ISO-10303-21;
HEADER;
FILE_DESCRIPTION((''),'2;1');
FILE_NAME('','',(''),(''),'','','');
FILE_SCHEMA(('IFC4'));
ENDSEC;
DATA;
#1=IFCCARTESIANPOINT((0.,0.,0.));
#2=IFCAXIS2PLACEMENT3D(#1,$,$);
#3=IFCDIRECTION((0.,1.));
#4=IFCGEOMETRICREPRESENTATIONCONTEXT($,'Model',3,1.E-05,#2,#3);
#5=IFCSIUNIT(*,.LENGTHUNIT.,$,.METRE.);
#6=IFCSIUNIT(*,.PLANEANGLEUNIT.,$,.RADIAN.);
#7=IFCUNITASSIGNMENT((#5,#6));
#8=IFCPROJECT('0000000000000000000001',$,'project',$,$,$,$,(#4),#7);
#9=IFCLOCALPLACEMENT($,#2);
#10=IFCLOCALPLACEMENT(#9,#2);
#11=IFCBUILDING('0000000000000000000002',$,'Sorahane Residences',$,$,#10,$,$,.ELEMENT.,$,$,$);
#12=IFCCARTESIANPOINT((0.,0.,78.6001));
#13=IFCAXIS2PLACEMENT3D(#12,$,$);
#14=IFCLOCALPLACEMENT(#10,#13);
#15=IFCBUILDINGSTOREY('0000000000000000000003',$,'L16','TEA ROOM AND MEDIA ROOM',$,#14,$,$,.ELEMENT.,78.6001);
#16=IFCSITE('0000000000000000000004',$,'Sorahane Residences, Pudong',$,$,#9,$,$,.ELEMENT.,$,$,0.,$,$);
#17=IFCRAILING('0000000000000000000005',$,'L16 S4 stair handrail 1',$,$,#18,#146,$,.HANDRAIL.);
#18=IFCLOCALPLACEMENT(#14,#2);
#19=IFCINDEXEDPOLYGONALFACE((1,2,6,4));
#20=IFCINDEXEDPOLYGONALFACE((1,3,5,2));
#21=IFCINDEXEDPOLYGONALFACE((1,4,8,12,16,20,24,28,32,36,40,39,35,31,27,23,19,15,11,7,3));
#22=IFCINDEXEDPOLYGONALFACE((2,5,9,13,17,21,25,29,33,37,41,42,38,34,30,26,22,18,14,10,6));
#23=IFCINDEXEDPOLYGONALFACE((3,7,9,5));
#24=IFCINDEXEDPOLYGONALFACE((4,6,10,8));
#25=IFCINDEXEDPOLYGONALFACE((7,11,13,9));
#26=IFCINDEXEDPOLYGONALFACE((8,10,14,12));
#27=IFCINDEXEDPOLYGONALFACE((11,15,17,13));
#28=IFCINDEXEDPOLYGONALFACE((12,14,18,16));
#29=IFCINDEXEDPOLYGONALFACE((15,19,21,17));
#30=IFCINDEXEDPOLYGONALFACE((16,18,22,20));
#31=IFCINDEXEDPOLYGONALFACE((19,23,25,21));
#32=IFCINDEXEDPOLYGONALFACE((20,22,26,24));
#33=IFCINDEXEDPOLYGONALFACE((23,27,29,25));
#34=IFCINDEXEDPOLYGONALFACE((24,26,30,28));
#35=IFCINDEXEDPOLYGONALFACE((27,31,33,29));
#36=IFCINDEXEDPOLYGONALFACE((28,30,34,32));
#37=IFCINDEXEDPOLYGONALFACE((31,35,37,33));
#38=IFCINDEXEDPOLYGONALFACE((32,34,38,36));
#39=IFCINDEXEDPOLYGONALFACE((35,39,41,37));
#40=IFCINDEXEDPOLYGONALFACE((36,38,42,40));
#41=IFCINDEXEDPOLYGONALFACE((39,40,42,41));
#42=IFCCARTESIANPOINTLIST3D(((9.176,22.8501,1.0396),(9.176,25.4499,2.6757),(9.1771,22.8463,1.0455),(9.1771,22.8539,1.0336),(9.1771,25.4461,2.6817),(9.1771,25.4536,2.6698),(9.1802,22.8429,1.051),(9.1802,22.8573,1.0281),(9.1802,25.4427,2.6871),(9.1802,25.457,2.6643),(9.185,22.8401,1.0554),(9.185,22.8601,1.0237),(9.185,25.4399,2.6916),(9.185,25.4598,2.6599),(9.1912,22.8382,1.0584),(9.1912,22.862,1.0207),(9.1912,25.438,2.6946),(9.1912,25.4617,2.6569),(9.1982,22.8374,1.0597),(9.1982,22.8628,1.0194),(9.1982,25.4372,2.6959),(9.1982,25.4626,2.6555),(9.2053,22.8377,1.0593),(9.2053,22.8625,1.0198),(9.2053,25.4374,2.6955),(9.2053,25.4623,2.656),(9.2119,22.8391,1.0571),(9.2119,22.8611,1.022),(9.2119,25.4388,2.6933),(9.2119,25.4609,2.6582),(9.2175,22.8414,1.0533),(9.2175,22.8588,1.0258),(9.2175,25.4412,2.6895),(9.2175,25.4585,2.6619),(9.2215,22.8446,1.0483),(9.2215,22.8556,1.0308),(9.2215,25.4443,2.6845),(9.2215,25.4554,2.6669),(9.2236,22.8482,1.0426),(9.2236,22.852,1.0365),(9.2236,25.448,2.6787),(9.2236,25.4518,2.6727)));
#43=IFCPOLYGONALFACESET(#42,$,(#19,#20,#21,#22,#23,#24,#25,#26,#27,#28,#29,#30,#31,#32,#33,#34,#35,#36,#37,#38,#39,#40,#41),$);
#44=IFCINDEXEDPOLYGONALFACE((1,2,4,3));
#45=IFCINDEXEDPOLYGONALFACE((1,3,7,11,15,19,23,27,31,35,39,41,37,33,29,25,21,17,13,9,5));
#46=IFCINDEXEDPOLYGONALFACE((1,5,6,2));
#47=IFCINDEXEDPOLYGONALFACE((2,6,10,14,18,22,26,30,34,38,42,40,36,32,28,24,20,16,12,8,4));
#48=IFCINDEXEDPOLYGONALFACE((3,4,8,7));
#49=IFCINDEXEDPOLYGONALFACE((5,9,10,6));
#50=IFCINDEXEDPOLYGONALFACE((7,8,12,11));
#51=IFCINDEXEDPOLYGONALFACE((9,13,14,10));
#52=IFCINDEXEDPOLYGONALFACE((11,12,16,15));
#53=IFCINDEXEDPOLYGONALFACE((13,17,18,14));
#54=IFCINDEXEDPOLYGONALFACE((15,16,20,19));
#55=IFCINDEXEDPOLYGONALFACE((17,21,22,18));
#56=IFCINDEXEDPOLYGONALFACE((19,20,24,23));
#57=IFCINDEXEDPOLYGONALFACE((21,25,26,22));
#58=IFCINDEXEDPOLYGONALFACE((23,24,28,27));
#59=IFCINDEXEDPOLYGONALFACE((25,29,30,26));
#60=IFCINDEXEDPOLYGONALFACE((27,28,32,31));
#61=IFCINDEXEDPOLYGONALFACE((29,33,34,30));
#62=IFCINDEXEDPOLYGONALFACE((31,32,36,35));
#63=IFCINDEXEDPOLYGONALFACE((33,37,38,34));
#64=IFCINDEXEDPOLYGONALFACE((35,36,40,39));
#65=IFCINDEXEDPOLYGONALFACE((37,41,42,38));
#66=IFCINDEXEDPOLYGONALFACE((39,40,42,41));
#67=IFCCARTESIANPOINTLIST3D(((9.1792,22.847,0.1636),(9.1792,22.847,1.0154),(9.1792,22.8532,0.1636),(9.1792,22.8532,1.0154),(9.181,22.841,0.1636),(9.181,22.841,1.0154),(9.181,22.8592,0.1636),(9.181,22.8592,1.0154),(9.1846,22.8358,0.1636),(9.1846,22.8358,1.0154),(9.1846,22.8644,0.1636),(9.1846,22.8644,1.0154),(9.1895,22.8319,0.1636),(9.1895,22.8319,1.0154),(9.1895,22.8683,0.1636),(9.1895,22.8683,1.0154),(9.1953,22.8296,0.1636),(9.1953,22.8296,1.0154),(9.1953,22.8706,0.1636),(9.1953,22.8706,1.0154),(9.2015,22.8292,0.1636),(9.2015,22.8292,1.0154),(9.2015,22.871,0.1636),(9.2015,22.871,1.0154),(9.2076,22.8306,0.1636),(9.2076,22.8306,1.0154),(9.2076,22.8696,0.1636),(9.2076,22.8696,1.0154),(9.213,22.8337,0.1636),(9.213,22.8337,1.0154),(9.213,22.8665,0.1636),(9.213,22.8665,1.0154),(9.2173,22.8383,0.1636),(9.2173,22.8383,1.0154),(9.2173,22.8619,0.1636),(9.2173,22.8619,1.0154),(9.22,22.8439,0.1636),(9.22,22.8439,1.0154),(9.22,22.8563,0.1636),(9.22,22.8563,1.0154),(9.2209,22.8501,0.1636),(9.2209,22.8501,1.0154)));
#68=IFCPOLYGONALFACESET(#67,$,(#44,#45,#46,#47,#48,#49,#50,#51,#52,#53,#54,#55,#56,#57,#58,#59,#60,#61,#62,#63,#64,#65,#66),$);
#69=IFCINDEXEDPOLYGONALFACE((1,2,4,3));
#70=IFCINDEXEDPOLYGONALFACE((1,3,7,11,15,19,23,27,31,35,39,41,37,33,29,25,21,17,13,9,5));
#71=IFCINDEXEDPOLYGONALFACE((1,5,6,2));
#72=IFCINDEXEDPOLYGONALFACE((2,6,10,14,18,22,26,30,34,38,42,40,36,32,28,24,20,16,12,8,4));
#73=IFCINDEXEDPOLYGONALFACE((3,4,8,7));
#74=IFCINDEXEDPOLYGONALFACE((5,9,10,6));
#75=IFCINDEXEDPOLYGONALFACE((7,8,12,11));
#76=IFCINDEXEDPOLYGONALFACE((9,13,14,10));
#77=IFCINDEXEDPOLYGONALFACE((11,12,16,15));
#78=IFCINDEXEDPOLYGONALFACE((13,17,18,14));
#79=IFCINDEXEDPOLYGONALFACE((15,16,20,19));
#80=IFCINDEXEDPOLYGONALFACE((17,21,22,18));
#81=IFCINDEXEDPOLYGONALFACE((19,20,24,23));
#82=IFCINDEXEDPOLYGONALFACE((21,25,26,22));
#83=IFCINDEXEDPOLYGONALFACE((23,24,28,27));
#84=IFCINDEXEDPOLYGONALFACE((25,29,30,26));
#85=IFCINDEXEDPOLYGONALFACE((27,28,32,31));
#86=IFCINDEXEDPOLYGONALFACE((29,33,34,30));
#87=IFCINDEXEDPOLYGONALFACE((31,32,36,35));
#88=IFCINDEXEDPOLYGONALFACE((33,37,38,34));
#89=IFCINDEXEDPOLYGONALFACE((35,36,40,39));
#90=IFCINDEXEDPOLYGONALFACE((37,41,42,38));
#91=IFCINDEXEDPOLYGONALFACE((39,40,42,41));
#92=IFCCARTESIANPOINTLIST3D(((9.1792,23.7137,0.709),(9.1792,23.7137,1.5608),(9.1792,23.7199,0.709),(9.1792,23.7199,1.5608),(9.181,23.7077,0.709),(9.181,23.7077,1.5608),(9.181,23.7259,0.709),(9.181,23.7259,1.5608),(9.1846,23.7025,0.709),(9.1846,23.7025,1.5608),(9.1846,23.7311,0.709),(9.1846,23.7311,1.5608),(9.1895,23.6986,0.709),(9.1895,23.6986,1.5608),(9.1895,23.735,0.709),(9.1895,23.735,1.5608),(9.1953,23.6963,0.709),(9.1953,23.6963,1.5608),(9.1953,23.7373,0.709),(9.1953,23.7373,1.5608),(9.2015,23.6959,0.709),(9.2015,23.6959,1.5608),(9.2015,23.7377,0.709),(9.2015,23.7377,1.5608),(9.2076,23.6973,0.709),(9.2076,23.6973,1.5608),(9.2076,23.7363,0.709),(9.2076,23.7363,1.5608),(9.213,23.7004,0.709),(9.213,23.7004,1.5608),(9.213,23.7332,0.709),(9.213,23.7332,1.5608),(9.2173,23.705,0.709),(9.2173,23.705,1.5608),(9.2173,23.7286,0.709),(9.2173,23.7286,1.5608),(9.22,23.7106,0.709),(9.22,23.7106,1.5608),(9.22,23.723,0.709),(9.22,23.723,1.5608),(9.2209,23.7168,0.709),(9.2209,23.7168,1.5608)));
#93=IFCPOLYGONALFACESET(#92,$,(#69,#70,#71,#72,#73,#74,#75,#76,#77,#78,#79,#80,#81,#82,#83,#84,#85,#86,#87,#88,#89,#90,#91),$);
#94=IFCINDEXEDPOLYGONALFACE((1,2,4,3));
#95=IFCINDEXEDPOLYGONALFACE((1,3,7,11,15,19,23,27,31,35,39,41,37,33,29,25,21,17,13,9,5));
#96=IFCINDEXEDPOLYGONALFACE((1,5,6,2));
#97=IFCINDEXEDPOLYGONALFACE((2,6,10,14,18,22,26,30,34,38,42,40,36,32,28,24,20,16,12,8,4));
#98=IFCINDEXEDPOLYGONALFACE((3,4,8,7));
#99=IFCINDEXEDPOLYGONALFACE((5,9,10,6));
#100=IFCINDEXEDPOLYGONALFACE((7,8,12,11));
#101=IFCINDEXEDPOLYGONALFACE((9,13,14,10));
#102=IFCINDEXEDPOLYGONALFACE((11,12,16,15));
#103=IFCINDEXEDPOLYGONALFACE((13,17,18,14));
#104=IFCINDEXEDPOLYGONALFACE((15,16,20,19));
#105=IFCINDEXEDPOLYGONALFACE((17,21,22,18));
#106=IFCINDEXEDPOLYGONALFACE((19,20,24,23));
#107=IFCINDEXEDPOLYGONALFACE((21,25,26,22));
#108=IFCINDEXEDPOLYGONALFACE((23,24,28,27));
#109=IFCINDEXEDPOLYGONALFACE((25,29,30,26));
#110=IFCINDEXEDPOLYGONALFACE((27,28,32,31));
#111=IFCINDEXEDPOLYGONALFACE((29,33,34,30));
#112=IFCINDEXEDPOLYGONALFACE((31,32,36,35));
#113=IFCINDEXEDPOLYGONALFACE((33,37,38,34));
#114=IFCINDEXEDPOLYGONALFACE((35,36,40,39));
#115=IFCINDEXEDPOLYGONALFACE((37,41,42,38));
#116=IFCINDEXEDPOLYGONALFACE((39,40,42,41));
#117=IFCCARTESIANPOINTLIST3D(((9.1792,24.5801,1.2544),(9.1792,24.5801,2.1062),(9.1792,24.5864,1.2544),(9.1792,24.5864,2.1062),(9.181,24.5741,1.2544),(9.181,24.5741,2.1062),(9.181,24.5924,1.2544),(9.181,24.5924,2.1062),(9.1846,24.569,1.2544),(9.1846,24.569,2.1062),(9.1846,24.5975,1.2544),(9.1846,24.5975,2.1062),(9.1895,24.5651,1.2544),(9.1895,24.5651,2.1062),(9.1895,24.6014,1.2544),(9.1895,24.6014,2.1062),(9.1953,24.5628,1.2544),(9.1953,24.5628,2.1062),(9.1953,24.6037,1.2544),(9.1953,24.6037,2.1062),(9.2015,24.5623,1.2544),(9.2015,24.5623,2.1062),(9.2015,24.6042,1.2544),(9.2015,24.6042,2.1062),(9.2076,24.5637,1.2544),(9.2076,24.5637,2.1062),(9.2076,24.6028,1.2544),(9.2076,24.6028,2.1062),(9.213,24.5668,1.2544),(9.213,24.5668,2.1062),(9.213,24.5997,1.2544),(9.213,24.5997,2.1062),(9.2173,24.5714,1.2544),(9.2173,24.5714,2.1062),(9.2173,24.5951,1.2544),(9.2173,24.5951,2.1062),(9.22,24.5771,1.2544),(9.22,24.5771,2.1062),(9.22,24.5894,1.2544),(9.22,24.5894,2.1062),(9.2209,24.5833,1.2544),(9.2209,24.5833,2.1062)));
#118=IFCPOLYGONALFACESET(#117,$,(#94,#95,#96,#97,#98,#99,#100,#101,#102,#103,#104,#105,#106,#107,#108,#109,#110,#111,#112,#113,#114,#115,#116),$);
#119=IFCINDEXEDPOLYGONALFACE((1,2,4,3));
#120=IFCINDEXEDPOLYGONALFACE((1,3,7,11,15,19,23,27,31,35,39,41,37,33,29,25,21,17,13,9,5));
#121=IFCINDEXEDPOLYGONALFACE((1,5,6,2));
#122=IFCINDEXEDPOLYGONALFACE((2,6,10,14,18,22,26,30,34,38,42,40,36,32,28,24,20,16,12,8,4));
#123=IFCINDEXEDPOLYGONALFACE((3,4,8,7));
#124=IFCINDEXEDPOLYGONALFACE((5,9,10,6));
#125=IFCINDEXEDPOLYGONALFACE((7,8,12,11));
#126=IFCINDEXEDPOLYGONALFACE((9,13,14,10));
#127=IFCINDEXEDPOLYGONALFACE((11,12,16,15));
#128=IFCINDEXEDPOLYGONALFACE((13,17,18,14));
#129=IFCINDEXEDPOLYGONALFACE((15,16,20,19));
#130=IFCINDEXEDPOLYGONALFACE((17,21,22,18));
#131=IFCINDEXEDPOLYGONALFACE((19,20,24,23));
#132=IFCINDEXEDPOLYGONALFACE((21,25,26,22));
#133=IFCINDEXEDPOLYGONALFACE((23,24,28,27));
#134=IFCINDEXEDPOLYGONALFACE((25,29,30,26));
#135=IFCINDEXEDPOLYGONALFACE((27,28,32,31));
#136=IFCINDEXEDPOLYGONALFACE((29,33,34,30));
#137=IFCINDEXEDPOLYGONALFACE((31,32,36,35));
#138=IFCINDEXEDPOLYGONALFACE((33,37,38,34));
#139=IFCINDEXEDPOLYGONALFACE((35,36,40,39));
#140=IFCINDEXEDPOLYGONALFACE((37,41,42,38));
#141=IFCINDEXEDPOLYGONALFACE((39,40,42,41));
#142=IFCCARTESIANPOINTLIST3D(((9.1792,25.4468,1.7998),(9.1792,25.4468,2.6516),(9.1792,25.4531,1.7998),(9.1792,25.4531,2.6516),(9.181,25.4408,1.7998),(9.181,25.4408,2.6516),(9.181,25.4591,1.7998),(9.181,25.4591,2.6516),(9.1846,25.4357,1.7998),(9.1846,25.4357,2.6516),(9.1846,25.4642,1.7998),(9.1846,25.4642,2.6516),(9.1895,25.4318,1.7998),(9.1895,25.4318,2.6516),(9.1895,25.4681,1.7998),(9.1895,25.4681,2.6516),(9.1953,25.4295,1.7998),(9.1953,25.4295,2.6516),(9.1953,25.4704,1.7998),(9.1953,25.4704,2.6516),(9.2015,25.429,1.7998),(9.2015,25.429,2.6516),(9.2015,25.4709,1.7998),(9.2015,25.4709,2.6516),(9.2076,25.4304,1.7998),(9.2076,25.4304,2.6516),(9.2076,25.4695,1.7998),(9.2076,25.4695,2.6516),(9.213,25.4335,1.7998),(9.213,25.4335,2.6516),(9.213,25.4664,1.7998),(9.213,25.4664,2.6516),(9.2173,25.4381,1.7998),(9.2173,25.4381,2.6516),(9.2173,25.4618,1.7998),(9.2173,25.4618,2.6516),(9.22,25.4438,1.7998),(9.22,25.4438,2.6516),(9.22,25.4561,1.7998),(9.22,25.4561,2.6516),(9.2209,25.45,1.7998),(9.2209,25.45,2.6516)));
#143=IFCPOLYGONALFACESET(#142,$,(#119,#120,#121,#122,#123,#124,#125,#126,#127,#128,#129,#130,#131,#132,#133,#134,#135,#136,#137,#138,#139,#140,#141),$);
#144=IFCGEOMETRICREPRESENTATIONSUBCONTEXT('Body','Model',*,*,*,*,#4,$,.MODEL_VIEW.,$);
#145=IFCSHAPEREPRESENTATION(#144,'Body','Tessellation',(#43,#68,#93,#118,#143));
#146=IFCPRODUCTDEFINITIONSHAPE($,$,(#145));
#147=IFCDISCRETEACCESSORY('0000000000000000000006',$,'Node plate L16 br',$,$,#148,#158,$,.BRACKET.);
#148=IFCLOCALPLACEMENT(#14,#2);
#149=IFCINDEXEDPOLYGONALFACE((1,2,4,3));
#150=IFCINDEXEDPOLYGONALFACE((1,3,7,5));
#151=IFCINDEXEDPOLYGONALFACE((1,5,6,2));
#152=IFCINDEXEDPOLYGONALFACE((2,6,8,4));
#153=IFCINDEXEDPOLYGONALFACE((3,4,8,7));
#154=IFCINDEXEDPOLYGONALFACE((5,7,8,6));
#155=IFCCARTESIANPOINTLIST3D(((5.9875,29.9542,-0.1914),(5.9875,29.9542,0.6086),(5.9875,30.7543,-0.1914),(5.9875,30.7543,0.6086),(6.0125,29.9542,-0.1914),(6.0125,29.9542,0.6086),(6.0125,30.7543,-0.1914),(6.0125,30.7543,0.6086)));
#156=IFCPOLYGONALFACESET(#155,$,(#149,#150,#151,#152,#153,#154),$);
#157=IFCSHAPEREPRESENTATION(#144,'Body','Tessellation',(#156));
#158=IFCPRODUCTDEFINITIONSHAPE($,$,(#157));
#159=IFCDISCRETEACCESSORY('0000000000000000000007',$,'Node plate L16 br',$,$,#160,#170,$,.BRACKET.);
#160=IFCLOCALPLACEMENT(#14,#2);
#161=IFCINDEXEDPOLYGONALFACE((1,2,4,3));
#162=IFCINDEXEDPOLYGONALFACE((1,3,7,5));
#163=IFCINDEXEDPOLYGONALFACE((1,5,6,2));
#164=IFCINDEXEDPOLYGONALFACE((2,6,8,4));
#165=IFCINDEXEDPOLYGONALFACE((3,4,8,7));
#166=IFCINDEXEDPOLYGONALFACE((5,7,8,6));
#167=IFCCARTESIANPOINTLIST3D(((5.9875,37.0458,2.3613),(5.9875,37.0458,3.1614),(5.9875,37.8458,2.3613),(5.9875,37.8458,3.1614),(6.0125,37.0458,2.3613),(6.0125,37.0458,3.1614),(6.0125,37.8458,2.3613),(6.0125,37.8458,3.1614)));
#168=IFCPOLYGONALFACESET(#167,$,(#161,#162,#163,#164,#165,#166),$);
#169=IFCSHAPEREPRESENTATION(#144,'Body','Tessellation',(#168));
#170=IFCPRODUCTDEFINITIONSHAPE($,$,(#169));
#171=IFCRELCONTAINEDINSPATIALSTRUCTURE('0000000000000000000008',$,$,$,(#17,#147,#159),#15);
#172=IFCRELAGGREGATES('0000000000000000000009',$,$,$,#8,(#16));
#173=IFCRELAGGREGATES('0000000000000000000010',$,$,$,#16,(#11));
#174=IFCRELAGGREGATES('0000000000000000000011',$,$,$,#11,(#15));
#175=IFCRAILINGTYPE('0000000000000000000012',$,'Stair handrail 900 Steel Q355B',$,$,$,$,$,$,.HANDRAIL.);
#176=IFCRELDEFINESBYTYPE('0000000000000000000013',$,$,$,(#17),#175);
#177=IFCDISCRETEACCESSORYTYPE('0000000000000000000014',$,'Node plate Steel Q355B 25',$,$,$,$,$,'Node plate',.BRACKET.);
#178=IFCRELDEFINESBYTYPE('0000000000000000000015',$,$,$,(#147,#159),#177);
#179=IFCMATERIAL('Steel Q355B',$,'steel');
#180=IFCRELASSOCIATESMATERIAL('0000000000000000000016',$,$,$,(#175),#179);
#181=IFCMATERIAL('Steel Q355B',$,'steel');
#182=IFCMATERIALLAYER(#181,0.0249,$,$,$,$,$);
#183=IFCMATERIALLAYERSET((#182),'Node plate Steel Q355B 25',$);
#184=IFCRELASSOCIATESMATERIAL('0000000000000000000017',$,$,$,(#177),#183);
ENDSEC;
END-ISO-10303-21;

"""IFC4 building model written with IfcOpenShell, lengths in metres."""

from ifc_helpers import new_model, si_unit, direction, frame, origin, origin_2d, place, context, subcontext, project, spatial, rectangle, circle, extrude, material, layer, layer_set, type_object, element, save


model = new_model("IFC4")

# Units and contexts
model_context = context("Model", 3, precision=1e-05, world=origin(), true_north=direction((0.0, 1.0)))
body_context = subcontext(model_context, "Body", "Model", "MODEL_VIEW")
ifc_project = project(units=[si_unit("LENGTHUNIT", "METRE"), si_unit("PLANEANGLEUNIT", "RADIAN")], contexts=[model_context])

# Site, building, storey
site_placement = place(None, origin())
site = spatial("IfcSite", under=ifc_project, at=site_placement, Name="Sorahane Residences, Pudong", CompositionType="ELEMENT", RefElevation=0.0)
building_placement = place(site_placement, origin())
building = spatial("IfcBuilding", under=site, at=building_placement, Name="Sorahane Residences", CompositionType="ELEMENT")
storey_placement = place(building_placement, frame((0.0, 0.0, 78.6001)))
storey = spatial("IfcBuildingStorey", under=building, at=storey_placement, Name="L16", Description="TEA ROOM AND MEDIA ROOM", CompositionType="ELEMENT", Elevation=78.6001)

# Railing
ifc_material_1 = material(Name="Steel Q355B", Category="steel")
railing_type_1 = type_object("IfcRailingType", Name="Stair handrail 900 Steel Q355B", PredefinedType="HANDRAIL", material=ifc_material_1)
railing_1_placement = place(storey_placement, frame((9.2, 22.8501, 0.1636)))
element("IfcRailing", 1, at=railing_1_placement, inside=storey, type_object=railing_type_1, Name="L16 S4 stair handrail 1", PredefinedType="HANDRAIL", context=body_context, shape_type="SweptSolid", body=[
    extrude(circle(Radius=0.0239, at=origin_2d()), frame((0.0, 0.0, 0.876), z_axis=(0.0, 0.846338, 0.532647), x_axis=(-1.0, 0.0, 0.0)), (0.0, 0.0, 1.0), 3.0718),
    extrude(circle(Radius=0.021, at=origin_2d()), origin(), (0.0, 0.0, 1.0), 0.8518),
    extrude(circle(Radius=0.021, at=origin_2d()), frame((0.0, 0.8667, 0.5454)), (0.0, 0.0, 1.0), 0.8518),
    extrude(circle(Radius=0.021, at=origin_2d()), frame((0.0, 1.7332, 1.0908)), (0.0, 0.0, 1.0), 0.8518),
    extrude(circle(Radius=0.021, at=origin_2d()), frame((0.0, 2.5999, 1.6362)), (0.0, 0.0, 1.0), 0.8518),
])

# Discrete accessories
ifc_material_2 = material(Name="Steel Q355B", Category="steel")
ifc_layer_1 = layer(ifc_material_2, 0.0249)
ifc_layer_set_1 = layer_set([ifc_layer_1], Name="Node plate Steel Q355B 25")
discrete_accessory_type = type_object("IfcDiscreteAccessoryType", Name="Node plate Steel Q355B 25", ElementType="Node plate", PredefinedType="BRACKET", material=ifc_layer_set_1)
for number, where, z_axis, x_axis, name in (
    (2, (6.0, 30.3542, -0.1914), (0.0, 0.0, 1.0), (0.0, 1.0, 0.0), "Node plate L16 br"),
    (3, (6.0, 37.4458, 2.3613), (0.0, 0.0, 1.0), (0.0, 1.0, 0.0), "Node plate L16 br"),
):
    element("IfcDiscreteAccessory", number, at=place(storey_placement, frame(where, z_axis=z_axis, x_axis=x_axis)), inside=storey, type_object=discrete_accessory_type, Name=name, PredefinedType="BRACKET", context=body_context, shape_type="SweptSolid", body=[
        extrude(rectangle(XDim=0.8, YDim=0.0249, at=origin_2d()), origin(), (0.0, 0.0, 1.0), 0.8),
    ])

save(model, "model.ifc")
